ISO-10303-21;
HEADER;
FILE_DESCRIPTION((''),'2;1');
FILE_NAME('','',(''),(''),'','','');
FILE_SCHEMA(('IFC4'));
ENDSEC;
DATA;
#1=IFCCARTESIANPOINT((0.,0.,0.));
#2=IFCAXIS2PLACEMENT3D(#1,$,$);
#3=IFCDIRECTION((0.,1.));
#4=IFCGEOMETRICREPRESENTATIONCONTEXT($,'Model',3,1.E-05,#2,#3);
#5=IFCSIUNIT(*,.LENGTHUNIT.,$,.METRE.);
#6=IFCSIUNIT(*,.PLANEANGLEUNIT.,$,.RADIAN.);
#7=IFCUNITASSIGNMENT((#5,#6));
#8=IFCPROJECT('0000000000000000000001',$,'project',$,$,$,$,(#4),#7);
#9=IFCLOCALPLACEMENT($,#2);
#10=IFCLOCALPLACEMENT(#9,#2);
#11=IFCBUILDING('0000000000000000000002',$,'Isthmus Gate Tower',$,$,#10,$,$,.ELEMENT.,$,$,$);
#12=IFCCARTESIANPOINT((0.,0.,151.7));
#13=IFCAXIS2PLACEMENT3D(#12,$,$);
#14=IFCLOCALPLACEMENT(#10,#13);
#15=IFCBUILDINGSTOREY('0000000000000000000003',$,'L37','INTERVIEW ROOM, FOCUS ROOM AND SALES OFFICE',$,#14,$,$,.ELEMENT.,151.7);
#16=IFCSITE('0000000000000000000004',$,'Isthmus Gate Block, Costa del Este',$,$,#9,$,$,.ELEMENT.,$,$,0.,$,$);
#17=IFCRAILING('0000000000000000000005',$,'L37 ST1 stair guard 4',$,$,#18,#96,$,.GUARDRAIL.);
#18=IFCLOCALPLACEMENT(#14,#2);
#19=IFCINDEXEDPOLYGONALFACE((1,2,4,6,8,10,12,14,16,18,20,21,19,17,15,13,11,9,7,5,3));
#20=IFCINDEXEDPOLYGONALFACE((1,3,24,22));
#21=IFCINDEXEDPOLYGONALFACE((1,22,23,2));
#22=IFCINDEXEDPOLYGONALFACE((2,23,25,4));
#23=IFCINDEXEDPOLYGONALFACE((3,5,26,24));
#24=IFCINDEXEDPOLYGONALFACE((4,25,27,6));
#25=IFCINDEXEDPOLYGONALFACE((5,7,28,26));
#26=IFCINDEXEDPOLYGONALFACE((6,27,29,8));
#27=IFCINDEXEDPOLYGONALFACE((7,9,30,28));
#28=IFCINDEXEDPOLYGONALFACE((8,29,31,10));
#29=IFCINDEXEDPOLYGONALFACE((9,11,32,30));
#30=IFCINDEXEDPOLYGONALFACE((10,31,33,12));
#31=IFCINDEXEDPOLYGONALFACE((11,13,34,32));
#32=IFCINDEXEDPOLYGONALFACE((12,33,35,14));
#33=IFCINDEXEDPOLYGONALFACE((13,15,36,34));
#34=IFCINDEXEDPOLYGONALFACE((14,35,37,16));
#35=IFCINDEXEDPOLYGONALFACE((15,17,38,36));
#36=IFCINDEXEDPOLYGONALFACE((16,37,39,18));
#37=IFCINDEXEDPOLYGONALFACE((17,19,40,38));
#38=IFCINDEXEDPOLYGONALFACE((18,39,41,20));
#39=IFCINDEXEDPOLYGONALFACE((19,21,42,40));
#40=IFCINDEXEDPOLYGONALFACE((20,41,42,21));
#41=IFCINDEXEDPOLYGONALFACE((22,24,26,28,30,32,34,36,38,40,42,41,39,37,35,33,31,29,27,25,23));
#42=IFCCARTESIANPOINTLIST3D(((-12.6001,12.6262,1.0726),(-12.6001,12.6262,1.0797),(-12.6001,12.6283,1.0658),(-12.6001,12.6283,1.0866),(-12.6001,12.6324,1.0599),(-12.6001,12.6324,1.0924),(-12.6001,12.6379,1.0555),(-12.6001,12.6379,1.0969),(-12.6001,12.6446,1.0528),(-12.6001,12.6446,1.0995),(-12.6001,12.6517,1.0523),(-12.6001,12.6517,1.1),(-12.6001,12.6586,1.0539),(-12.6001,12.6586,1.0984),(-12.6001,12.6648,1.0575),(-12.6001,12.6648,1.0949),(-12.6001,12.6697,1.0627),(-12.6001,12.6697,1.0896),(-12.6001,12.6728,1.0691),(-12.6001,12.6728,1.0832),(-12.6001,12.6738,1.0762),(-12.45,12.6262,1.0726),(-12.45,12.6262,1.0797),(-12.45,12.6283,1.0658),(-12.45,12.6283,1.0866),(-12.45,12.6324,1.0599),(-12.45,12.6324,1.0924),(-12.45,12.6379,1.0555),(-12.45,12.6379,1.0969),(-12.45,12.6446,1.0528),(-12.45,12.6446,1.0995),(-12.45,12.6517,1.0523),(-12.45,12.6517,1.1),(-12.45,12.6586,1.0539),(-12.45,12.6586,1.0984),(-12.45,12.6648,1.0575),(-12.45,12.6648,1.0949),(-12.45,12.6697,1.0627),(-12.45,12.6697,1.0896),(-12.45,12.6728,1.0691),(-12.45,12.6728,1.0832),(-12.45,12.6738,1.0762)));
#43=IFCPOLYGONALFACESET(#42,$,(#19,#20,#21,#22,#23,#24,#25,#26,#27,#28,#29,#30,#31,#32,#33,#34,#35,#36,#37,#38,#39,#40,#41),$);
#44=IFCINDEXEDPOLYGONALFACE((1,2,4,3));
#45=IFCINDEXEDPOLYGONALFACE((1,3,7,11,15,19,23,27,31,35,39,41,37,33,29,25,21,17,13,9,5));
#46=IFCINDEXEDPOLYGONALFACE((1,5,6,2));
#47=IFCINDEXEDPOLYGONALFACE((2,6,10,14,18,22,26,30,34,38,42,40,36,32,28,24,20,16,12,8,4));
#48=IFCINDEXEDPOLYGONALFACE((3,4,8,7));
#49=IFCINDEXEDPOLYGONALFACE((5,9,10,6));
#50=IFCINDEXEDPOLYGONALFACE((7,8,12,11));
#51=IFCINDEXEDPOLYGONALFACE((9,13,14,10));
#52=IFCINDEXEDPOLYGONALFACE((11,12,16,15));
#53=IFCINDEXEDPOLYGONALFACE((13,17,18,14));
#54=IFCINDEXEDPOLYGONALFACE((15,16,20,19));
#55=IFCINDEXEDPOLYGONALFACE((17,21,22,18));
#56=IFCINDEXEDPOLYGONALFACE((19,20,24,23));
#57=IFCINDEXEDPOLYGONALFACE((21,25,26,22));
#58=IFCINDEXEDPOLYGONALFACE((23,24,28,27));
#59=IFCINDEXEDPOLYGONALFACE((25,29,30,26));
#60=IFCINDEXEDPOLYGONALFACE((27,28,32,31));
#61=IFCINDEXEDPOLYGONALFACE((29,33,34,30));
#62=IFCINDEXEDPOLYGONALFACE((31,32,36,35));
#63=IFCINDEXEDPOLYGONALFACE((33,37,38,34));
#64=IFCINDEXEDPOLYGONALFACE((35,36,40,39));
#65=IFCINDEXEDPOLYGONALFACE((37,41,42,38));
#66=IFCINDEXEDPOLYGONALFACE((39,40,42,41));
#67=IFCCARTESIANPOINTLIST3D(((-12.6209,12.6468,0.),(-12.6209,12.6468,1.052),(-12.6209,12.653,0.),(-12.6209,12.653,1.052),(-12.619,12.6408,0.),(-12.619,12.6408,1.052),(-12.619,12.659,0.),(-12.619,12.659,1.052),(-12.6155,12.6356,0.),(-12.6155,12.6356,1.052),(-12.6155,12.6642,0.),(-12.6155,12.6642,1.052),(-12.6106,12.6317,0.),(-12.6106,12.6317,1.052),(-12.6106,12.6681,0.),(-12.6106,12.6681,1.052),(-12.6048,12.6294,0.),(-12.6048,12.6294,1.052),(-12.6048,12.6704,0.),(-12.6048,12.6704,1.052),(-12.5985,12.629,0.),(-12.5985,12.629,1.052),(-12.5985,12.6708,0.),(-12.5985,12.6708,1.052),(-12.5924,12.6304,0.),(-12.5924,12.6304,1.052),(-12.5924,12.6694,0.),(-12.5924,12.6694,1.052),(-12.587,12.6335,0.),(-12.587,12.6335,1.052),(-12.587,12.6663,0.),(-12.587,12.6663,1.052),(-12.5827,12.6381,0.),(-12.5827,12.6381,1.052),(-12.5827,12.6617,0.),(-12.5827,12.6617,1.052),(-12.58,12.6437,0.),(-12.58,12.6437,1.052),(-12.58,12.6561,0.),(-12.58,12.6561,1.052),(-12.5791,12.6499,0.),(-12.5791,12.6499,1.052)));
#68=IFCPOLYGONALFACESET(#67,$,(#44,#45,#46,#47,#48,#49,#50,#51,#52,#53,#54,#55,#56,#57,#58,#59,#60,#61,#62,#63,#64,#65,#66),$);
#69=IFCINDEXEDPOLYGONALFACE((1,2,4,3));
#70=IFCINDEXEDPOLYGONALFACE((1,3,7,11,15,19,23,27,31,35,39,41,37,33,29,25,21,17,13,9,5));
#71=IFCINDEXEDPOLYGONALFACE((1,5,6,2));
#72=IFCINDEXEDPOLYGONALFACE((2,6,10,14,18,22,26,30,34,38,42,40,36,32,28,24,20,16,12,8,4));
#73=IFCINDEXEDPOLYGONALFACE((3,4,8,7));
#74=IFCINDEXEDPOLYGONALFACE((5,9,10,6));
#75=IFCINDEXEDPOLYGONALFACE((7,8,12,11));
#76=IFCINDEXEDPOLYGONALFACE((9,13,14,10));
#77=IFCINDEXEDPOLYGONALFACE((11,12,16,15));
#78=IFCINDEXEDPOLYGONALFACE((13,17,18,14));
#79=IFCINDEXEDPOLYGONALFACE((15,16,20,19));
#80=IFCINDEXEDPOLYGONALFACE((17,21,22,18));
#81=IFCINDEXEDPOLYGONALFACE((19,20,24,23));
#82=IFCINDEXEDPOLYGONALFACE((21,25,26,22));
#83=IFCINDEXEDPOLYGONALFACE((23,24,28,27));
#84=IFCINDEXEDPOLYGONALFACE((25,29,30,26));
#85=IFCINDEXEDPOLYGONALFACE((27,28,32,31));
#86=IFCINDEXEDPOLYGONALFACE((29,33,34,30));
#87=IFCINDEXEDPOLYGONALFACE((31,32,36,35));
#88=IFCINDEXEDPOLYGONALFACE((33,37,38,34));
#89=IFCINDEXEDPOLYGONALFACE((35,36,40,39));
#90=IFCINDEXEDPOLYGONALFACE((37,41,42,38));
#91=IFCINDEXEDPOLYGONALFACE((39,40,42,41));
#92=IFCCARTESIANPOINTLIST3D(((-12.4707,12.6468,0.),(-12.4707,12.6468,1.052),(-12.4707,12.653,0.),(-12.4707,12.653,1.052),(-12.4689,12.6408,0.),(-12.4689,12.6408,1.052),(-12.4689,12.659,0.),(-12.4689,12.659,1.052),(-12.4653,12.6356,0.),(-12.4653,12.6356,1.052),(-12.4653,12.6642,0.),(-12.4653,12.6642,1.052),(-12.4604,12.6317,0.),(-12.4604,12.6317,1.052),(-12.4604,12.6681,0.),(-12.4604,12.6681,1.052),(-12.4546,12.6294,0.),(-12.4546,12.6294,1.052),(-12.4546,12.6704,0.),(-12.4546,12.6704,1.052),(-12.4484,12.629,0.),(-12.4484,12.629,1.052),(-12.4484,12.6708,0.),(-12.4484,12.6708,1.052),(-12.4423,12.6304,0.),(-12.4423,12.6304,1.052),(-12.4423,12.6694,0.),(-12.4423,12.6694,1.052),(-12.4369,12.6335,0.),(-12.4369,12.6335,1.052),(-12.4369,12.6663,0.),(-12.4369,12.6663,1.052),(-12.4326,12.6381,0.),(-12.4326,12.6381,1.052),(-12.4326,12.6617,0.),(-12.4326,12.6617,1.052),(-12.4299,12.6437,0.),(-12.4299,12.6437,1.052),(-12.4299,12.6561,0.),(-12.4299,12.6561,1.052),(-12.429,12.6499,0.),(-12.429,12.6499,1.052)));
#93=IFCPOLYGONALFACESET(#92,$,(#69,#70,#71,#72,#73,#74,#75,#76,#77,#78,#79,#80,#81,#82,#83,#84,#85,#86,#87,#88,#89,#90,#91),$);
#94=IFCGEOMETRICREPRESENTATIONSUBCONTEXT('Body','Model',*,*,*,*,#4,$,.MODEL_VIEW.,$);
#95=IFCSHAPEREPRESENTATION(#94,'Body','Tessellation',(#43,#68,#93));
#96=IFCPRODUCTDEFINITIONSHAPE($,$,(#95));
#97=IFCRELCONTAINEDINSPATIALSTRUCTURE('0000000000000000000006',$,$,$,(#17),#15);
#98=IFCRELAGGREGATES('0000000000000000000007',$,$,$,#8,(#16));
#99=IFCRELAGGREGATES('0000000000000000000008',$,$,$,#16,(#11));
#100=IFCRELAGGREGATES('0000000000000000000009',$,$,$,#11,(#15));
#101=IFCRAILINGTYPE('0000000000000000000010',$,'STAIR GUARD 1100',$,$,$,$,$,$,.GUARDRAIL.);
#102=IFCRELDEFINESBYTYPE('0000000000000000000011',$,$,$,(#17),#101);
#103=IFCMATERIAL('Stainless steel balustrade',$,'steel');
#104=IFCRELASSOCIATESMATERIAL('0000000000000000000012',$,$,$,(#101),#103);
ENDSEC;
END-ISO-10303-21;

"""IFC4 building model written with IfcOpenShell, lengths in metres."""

from ifc_helpers import new_model, si_unit, direction, frame, origin, origin_2d, place, context, subcontext, project, spatial, circle, extrude, material, type_object, element, save


model = new_model("IFC4")

# Units and contexts
model_context = context("Model", 3, precision=1e-05, world=origin(), true_north=direction((0.0, 1.0)))
body_context = subcontext(model_context, "Body", "Model", "MODEL_VIEW")
ifc_project = project(units=[si_unit("LENGTHUNIT", "METRE"), si_unit("PLANEANGLEUNIT", "RADIAN")], contexts=[model_context])

# Site, building, storey
site_placement = place(None, origin())
site = spatial("IfcSite", under=ifc_project, at=site_placement, Name="Isthmus Gate Block, Costa del Este", CompositionType="ELEMENT", RefElevation=0.0)
building_placement = place(site_placement, origin())
building = spatial("IfcBuilding", under=site, at=building_placement, Name="Isthmus Gate Tower", CompositionType="ELEMENT")
storey_placement = place(building_placement, frame((0.0, 0.0, 151.7)))
storey = spatial("IfcBuildingStorey", under=building, at=storey_placement, Name="L37", Description="INTERVIEW ROOM, FOCUS ROOM AND SALES OFFICE", CompositionType="ELEMENT", Elevation=151.7)

# Railing
ifc_material_1 = material(Name="Stainless steel balustrade", Category="steel")
railing_type_1 = type_object("IfcRailingType", Name="STAIR GUARD 1100", PredefinedType="GUARDRAIL", material=ifc_material_1)
railing_1_placement = place(storey_placement, frame((-12.6001, 12.6499, 0.0)))
element("IfcRailing", 1, at=railing_1_placement, inside=storey, type_object=railing_type_1, Name="L37 ST1 stair guard 4", PredefinedType="GUARDRAIL", context=body_context, shape_type="SweptSolid", body=[
    extrude(circle(Radius=0.0239, at=origin_2d()), frame((0.0, 0.0, 1.0762), z_axis=(1.0, 0.0, 0.0), x_axis=(0.0, 1.0, 0.0)), (0.0, 0.0, 1.0), 0.1501),
    extrude(circle(Radius=0.021, at=origin_2d()), origin(), (0.0, 0.0, 1.0), 1.052),
    extrude(circle(Radius=0.021, at=origin_2d()), frame((0.1501, 0.0, 0.0)), (0.0, 0.0, 1.0), 1.052),
])

save(model, "model.ifc")
